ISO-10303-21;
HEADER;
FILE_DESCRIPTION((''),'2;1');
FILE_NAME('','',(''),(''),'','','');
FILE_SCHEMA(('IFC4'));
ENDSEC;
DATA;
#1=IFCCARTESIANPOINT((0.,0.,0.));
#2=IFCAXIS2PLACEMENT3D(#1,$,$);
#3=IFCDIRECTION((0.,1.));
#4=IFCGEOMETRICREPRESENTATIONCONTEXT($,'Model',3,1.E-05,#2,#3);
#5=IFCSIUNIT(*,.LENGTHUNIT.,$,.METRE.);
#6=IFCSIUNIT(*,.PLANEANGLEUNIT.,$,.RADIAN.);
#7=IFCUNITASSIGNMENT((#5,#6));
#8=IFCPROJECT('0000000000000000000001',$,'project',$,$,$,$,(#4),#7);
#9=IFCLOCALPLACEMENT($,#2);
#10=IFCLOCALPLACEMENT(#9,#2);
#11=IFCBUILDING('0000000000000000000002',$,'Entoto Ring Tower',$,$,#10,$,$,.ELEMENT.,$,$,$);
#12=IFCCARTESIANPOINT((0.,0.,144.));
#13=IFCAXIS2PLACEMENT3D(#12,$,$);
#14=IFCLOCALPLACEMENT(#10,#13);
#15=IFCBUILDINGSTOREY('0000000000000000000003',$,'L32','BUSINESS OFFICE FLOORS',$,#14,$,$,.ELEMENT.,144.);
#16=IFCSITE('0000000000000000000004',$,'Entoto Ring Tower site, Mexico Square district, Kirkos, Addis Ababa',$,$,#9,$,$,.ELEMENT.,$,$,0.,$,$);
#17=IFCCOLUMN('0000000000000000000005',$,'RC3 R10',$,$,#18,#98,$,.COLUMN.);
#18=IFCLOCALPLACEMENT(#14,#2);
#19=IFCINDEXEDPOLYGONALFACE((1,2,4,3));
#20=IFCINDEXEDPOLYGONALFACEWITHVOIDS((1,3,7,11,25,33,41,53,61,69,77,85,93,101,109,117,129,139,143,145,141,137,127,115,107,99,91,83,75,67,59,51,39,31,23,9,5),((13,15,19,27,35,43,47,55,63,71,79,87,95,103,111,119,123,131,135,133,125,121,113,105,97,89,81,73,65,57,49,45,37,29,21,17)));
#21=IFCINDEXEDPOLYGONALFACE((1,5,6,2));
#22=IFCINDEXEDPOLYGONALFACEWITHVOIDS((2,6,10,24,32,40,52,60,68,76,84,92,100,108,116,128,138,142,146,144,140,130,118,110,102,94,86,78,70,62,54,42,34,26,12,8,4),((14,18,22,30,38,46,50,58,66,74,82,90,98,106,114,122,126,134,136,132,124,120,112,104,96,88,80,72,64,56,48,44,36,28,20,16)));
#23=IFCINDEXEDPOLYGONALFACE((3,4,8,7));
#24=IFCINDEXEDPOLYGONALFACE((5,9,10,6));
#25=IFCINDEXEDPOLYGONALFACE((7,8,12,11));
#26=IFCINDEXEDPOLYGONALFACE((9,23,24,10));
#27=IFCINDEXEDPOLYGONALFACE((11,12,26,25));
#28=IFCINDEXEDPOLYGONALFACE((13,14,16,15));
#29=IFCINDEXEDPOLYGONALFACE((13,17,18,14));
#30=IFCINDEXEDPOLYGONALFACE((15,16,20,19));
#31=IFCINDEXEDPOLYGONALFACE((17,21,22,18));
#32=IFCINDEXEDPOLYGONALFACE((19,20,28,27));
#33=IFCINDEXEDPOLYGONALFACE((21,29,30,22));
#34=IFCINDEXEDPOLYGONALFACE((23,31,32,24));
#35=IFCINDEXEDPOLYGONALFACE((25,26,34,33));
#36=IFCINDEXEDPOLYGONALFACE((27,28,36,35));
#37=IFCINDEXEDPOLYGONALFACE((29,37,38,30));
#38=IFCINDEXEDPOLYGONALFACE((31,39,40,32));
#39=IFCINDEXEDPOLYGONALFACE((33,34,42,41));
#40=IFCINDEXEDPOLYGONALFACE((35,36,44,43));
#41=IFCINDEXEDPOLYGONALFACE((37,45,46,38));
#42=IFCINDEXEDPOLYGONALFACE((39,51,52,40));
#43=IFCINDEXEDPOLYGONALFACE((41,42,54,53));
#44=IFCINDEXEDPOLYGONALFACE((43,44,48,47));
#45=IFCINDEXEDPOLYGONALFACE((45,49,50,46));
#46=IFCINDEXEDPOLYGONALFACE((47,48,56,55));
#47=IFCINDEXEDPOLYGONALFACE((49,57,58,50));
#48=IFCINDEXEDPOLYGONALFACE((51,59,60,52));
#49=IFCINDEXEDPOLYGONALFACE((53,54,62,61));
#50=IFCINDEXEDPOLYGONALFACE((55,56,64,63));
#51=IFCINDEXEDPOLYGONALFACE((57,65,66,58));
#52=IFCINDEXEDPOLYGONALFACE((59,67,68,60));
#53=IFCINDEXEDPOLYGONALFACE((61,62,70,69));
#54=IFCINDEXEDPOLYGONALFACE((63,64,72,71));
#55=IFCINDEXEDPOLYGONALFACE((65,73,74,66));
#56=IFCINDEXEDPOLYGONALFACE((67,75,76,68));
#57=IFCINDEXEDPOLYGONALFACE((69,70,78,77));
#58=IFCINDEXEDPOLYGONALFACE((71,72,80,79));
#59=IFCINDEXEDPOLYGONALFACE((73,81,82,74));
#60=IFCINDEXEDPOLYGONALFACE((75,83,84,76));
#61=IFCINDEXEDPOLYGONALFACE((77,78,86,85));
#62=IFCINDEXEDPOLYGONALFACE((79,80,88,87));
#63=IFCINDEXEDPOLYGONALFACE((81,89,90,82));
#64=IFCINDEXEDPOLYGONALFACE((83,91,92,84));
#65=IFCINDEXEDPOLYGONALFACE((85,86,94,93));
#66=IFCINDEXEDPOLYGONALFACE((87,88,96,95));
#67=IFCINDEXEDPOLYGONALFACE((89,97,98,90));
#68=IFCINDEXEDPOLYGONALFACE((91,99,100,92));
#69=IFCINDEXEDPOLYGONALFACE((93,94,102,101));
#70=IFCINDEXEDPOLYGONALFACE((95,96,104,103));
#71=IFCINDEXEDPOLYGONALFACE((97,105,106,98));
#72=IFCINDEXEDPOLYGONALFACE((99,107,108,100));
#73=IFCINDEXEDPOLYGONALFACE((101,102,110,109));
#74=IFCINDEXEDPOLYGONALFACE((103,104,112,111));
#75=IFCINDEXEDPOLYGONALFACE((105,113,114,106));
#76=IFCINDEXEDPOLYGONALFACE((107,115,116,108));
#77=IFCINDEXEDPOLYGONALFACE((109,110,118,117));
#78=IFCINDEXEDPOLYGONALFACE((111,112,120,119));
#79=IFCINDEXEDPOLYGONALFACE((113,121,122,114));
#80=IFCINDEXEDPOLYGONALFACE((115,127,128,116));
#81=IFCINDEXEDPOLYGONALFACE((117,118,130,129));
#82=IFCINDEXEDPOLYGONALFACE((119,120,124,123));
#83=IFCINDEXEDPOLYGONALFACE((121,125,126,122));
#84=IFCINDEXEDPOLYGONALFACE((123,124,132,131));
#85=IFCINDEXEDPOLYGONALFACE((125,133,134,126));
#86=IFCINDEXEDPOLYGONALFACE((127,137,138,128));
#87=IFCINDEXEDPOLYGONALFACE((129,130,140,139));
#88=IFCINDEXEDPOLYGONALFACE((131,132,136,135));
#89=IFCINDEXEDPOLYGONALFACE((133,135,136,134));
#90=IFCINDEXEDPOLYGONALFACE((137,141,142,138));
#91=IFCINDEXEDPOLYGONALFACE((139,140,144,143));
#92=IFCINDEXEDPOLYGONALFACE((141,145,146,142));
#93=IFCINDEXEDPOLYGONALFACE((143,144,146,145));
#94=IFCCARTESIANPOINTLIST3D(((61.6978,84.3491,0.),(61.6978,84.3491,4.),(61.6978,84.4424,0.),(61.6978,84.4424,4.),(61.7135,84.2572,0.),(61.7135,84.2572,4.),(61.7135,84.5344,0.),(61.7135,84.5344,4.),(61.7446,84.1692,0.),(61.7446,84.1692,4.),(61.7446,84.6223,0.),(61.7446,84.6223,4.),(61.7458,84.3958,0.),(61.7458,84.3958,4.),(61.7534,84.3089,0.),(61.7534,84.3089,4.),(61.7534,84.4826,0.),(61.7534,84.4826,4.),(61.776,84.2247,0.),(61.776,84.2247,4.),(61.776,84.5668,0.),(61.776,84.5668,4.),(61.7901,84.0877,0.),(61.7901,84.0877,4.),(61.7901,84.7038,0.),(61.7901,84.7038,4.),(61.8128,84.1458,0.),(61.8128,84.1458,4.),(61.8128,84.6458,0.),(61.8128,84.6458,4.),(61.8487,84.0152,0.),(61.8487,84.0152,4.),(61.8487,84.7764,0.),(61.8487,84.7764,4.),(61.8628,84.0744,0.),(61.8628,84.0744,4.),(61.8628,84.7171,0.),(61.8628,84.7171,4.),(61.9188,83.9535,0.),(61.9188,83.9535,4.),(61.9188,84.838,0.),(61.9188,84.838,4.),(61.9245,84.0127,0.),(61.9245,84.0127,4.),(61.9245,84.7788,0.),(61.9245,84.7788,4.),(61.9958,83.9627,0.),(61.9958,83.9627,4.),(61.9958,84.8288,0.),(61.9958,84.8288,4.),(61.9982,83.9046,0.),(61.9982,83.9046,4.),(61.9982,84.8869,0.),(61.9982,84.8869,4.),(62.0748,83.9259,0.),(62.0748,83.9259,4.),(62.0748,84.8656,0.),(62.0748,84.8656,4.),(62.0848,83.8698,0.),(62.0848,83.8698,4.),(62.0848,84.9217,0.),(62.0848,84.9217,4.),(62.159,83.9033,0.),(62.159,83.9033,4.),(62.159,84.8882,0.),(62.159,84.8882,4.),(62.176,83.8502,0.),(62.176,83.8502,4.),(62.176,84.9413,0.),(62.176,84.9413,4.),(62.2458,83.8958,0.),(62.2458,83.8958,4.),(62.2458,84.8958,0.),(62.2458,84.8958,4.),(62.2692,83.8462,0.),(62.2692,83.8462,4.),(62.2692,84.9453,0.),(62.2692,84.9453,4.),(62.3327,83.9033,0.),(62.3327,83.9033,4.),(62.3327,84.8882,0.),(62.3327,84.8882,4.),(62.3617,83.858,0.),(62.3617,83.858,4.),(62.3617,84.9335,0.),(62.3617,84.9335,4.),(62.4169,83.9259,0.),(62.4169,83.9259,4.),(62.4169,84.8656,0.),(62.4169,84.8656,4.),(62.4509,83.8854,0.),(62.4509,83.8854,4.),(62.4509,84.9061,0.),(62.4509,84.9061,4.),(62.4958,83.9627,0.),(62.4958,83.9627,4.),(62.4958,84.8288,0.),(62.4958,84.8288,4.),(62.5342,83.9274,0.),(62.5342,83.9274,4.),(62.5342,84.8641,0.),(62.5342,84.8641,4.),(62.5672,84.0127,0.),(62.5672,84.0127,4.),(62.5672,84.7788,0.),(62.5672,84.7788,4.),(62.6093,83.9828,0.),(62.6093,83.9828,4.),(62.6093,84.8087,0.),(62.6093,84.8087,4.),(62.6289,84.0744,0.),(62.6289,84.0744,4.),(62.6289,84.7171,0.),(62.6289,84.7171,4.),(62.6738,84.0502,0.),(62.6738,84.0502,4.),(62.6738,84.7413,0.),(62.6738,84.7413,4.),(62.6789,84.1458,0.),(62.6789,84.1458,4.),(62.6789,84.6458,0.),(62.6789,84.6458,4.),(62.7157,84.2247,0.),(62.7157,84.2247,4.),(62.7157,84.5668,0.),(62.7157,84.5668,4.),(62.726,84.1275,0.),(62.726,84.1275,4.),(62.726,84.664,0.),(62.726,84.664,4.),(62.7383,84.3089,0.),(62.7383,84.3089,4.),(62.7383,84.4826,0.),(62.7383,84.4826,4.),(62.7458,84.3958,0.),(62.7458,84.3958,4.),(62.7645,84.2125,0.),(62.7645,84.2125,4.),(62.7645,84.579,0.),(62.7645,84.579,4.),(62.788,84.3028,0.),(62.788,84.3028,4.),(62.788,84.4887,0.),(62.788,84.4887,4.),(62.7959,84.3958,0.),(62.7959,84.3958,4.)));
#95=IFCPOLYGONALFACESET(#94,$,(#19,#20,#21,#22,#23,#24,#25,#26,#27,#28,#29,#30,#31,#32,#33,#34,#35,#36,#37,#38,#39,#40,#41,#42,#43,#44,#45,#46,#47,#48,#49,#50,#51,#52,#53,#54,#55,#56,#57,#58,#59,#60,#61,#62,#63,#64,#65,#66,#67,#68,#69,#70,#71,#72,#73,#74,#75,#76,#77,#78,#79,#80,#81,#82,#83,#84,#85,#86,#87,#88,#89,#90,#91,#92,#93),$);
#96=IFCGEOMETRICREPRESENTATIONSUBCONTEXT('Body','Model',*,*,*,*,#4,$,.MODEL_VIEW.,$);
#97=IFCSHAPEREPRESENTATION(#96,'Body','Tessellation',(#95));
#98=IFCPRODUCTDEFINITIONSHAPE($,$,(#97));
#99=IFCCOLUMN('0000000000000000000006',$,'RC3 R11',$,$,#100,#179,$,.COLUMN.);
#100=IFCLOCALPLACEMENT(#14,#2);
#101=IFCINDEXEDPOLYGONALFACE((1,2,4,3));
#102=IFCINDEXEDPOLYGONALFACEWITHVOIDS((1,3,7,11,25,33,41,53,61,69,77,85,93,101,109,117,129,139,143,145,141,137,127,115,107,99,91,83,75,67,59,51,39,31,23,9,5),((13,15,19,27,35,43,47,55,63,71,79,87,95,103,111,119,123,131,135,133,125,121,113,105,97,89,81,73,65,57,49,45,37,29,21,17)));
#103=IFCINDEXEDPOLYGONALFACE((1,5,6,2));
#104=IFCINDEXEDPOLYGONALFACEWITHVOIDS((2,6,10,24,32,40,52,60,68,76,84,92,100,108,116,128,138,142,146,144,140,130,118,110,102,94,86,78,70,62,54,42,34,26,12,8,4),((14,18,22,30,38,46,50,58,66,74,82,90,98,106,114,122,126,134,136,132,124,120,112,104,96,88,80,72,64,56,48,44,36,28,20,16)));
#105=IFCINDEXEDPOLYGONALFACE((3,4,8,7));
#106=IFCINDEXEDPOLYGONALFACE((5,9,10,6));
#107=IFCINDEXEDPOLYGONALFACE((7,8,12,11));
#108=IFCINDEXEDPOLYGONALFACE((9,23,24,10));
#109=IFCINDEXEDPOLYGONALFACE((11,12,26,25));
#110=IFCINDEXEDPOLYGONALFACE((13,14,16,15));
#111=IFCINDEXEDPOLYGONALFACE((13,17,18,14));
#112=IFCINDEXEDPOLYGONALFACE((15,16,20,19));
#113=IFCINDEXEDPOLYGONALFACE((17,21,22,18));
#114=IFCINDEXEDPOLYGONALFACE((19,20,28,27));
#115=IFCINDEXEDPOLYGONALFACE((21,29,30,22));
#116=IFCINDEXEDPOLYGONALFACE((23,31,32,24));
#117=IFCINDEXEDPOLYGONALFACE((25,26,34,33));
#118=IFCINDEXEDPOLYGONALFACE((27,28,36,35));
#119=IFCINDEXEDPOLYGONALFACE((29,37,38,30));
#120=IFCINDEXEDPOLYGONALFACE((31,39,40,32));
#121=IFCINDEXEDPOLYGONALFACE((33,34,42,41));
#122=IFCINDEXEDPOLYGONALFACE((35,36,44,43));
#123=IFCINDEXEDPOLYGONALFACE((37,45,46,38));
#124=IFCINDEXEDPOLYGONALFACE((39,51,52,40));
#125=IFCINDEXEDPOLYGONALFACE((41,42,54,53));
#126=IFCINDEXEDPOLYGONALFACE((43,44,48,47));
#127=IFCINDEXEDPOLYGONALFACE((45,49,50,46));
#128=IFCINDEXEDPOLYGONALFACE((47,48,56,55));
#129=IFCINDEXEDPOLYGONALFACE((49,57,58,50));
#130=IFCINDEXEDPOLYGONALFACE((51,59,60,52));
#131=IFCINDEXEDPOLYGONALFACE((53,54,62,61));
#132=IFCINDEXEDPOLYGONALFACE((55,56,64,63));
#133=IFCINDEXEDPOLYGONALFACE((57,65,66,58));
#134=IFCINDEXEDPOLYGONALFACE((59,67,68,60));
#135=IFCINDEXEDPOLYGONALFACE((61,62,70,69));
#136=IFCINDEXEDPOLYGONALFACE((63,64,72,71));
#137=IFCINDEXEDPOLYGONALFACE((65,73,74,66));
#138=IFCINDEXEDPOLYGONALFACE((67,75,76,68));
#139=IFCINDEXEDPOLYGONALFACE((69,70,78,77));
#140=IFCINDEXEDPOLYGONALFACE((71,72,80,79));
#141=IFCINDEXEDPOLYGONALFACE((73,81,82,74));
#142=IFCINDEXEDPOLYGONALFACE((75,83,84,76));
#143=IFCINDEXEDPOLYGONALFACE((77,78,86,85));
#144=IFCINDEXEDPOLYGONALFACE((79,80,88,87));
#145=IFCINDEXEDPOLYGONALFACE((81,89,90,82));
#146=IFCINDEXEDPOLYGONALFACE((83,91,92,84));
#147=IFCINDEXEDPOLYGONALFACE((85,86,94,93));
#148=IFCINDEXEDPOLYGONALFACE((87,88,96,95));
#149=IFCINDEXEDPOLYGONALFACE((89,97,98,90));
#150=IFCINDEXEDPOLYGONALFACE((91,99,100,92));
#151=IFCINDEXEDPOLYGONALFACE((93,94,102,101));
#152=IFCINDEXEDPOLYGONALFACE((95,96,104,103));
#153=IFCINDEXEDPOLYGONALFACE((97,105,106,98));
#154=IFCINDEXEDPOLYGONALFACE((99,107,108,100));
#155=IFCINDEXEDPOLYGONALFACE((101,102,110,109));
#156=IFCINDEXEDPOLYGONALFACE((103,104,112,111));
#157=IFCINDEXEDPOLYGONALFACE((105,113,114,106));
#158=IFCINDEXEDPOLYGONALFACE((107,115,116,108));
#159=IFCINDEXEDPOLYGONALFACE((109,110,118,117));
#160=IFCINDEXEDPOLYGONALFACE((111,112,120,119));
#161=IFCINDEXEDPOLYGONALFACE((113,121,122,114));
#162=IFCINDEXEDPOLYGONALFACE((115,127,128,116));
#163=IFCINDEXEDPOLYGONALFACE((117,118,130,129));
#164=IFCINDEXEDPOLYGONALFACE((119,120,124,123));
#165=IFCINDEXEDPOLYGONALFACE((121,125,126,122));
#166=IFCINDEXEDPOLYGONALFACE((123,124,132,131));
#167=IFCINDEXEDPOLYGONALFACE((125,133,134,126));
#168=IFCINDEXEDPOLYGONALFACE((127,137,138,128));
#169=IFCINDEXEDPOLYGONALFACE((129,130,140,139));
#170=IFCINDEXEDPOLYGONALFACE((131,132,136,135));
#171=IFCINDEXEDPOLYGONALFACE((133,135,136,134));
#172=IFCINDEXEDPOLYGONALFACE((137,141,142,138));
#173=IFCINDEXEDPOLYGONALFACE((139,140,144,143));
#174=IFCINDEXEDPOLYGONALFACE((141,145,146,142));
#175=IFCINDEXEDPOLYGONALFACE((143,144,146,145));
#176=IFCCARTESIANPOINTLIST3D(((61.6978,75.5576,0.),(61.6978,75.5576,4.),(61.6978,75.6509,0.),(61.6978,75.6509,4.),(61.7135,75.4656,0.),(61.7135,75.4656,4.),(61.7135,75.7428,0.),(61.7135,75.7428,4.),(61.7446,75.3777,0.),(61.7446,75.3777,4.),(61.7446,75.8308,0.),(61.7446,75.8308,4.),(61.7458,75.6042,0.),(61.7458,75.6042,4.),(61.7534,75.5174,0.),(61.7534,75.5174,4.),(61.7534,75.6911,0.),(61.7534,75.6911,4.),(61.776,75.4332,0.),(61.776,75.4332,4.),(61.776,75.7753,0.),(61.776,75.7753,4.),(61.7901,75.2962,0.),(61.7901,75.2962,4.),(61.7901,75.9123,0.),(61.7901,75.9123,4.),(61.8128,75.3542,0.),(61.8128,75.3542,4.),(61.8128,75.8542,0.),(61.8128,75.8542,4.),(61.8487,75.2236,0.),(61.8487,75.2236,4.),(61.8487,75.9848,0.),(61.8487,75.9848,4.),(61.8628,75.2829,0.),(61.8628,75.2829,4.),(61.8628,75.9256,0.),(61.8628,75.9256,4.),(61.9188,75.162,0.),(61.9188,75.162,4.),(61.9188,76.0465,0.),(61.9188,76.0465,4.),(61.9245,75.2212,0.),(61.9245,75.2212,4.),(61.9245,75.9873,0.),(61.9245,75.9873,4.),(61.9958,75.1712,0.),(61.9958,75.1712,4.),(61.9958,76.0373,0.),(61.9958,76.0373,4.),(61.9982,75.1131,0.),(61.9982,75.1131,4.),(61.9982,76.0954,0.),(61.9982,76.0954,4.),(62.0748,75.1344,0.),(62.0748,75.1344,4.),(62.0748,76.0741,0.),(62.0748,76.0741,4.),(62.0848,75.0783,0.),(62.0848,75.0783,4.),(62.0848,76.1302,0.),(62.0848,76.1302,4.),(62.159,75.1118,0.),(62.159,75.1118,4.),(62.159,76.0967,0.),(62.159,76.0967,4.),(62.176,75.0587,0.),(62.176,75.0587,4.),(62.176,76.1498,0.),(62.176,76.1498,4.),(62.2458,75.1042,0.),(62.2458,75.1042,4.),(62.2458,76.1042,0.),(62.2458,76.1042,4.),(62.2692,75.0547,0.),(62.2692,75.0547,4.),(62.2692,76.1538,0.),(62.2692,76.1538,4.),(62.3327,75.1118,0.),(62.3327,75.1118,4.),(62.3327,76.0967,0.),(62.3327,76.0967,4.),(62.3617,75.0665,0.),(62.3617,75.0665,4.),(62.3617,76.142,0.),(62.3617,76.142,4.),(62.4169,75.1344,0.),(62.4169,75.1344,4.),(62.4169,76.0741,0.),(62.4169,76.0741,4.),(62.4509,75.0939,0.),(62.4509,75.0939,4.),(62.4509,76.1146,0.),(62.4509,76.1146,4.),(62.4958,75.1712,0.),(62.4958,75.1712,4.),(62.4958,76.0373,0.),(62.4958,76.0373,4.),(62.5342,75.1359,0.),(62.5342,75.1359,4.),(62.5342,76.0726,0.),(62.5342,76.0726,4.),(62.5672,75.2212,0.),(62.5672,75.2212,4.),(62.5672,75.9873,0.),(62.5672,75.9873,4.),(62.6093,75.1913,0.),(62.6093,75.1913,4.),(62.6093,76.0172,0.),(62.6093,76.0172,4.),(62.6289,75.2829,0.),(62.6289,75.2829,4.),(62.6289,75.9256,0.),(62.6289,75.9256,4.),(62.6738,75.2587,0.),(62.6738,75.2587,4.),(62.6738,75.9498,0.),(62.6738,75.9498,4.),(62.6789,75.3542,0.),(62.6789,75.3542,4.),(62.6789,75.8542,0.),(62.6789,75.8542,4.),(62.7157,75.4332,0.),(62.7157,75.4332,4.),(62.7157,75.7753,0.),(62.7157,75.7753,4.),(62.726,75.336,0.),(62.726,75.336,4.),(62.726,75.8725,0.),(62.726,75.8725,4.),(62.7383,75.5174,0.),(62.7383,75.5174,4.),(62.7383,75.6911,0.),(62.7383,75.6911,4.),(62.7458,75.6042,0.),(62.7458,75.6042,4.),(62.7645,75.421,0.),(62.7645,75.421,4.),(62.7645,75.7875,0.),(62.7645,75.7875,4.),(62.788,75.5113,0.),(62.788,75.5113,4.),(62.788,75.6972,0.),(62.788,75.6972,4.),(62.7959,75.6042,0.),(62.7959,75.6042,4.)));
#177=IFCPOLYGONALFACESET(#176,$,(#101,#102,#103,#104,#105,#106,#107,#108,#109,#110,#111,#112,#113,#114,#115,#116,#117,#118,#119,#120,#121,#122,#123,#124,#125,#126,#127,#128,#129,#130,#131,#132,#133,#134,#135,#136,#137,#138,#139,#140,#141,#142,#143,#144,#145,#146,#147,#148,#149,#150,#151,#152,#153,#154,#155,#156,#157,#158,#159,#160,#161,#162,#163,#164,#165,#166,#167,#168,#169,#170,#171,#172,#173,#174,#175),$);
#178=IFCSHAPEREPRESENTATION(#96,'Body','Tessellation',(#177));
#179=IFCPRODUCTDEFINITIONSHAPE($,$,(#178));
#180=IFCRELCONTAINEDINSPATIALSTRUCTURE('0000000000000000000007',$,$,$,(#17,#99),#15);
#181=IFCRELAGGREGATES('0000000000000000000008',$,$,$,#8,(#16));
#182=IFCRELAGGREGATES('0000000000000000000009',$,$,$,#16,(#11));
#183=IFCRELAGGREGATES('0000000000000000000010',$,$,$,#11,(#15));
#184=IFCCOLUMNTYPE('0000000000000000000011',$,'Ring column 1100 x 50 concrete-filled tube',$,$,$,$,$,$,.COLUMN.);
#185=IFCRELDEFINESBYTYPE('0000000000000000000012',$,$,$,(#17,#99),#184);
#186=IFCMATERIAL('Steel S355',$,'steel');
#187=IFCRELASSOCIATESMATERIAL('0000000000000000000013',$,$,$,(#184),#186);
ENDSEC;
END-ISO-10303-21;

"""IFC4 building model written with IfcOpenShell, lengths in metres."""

from ifc_helpers import new_model, si_unit, direction, frame, origin, origin_2d, place, context, subcontext, project, spatial, circle, hollow_circle, extrude, material, material_profile, profile_set, type_object, element, save


model = new_model("IFC4")

# Units and contexts
model_context = context("Model", 3, precision=1e-05, world=origin(), true_north=direction((0.0, 1.0)))
body_context = subcontext(model_context, "Body", "Model", "MODEL_VIEW")
ifc_project = project(units=[si_unit("LENGTHUNIT", "METRE"), si_unit("PLANEANGLEUNIT", "RADIAN")], contexts=[model_context])

# Site, building, storey
site_placement = place(None, origin())
site = spatial("IfcSite", under=ifc_project, at=site_placement, Name="Entoto Ring Tower site, Mexico Square district, Kirkos, Addis Ababa", CompositionType="ELEMENT", RefElevation=0.0)
building_placement = place(site_placement, origin())
building = spatial("IfcBuilding", under=site, at=building_placement, Name="Entoto Ring Tower", CompositionType="ELEMENT")
storey_placement = place(building_placement, frame((0.0, 0.0, 144.0)))
storey = spatial("IfcBuildingStorey", under=building, at=storey_placement, Name="L32", Description="BUSINESS OFFICE FLOORS", CompositionType="ELEMENT", Elevation=144.0)

# Columns
ifc_material_1 = material(Name="Steel S355", Category="steel")
ifc_material_profile_1 = material_profile(ifc_material_1, hollow_circle(Radius=0.55, WallThickness=0.05, at=origin_2d()), Name="CHS 1100 x 50")
ifc_material_2 = material(Name="Concrete C60/75", Category="concrete")
ifc_material_profile_2 = material_profile(ifc_material_2, circle(Radius=0.5, at=origin_2d()), Name="Concrete C60/75 infill")
ifc_profile_set_1 = profile_set([ifc_material_profile_1, ifc_material_profile_2], Name="Steel S355")
column_type = type_object("IfcColumnType", Name="Ring column 1100 x 50 concrete-filled tube", PredefinedType="COLUMN", material=ifc_profile_set_1)
for number, where, z_axis, x_axis, name in (
    (1, (62.2458, 84.3958, 0.0), (0.0, 0.0, 1.0), (1.0, 0.0, 0.0), "RC3 R10"),
    (2, (62.2458, 75.6042, 0.0), (0.0, 0.0, 1.0), (1.0, 0.0, 0.0), "RC3 R11"),
):
    element("IfcColumn", number, at=place(storey_placement, frame(where, z_axis=z_axis, x_axis=x_axis)), inside=storey, type_object=column_type, Name=name, PredefinedType="COLUMN", context=body_context, shape_type="SweptSolid", body=[
        extrude(hollow_circle(Radius=0.55, WallThickness=0.05, at=origin_2d()), origin(), (0.0, 0.0, 1.0), 4.0),
    ])

save(model, "model.ifc")
